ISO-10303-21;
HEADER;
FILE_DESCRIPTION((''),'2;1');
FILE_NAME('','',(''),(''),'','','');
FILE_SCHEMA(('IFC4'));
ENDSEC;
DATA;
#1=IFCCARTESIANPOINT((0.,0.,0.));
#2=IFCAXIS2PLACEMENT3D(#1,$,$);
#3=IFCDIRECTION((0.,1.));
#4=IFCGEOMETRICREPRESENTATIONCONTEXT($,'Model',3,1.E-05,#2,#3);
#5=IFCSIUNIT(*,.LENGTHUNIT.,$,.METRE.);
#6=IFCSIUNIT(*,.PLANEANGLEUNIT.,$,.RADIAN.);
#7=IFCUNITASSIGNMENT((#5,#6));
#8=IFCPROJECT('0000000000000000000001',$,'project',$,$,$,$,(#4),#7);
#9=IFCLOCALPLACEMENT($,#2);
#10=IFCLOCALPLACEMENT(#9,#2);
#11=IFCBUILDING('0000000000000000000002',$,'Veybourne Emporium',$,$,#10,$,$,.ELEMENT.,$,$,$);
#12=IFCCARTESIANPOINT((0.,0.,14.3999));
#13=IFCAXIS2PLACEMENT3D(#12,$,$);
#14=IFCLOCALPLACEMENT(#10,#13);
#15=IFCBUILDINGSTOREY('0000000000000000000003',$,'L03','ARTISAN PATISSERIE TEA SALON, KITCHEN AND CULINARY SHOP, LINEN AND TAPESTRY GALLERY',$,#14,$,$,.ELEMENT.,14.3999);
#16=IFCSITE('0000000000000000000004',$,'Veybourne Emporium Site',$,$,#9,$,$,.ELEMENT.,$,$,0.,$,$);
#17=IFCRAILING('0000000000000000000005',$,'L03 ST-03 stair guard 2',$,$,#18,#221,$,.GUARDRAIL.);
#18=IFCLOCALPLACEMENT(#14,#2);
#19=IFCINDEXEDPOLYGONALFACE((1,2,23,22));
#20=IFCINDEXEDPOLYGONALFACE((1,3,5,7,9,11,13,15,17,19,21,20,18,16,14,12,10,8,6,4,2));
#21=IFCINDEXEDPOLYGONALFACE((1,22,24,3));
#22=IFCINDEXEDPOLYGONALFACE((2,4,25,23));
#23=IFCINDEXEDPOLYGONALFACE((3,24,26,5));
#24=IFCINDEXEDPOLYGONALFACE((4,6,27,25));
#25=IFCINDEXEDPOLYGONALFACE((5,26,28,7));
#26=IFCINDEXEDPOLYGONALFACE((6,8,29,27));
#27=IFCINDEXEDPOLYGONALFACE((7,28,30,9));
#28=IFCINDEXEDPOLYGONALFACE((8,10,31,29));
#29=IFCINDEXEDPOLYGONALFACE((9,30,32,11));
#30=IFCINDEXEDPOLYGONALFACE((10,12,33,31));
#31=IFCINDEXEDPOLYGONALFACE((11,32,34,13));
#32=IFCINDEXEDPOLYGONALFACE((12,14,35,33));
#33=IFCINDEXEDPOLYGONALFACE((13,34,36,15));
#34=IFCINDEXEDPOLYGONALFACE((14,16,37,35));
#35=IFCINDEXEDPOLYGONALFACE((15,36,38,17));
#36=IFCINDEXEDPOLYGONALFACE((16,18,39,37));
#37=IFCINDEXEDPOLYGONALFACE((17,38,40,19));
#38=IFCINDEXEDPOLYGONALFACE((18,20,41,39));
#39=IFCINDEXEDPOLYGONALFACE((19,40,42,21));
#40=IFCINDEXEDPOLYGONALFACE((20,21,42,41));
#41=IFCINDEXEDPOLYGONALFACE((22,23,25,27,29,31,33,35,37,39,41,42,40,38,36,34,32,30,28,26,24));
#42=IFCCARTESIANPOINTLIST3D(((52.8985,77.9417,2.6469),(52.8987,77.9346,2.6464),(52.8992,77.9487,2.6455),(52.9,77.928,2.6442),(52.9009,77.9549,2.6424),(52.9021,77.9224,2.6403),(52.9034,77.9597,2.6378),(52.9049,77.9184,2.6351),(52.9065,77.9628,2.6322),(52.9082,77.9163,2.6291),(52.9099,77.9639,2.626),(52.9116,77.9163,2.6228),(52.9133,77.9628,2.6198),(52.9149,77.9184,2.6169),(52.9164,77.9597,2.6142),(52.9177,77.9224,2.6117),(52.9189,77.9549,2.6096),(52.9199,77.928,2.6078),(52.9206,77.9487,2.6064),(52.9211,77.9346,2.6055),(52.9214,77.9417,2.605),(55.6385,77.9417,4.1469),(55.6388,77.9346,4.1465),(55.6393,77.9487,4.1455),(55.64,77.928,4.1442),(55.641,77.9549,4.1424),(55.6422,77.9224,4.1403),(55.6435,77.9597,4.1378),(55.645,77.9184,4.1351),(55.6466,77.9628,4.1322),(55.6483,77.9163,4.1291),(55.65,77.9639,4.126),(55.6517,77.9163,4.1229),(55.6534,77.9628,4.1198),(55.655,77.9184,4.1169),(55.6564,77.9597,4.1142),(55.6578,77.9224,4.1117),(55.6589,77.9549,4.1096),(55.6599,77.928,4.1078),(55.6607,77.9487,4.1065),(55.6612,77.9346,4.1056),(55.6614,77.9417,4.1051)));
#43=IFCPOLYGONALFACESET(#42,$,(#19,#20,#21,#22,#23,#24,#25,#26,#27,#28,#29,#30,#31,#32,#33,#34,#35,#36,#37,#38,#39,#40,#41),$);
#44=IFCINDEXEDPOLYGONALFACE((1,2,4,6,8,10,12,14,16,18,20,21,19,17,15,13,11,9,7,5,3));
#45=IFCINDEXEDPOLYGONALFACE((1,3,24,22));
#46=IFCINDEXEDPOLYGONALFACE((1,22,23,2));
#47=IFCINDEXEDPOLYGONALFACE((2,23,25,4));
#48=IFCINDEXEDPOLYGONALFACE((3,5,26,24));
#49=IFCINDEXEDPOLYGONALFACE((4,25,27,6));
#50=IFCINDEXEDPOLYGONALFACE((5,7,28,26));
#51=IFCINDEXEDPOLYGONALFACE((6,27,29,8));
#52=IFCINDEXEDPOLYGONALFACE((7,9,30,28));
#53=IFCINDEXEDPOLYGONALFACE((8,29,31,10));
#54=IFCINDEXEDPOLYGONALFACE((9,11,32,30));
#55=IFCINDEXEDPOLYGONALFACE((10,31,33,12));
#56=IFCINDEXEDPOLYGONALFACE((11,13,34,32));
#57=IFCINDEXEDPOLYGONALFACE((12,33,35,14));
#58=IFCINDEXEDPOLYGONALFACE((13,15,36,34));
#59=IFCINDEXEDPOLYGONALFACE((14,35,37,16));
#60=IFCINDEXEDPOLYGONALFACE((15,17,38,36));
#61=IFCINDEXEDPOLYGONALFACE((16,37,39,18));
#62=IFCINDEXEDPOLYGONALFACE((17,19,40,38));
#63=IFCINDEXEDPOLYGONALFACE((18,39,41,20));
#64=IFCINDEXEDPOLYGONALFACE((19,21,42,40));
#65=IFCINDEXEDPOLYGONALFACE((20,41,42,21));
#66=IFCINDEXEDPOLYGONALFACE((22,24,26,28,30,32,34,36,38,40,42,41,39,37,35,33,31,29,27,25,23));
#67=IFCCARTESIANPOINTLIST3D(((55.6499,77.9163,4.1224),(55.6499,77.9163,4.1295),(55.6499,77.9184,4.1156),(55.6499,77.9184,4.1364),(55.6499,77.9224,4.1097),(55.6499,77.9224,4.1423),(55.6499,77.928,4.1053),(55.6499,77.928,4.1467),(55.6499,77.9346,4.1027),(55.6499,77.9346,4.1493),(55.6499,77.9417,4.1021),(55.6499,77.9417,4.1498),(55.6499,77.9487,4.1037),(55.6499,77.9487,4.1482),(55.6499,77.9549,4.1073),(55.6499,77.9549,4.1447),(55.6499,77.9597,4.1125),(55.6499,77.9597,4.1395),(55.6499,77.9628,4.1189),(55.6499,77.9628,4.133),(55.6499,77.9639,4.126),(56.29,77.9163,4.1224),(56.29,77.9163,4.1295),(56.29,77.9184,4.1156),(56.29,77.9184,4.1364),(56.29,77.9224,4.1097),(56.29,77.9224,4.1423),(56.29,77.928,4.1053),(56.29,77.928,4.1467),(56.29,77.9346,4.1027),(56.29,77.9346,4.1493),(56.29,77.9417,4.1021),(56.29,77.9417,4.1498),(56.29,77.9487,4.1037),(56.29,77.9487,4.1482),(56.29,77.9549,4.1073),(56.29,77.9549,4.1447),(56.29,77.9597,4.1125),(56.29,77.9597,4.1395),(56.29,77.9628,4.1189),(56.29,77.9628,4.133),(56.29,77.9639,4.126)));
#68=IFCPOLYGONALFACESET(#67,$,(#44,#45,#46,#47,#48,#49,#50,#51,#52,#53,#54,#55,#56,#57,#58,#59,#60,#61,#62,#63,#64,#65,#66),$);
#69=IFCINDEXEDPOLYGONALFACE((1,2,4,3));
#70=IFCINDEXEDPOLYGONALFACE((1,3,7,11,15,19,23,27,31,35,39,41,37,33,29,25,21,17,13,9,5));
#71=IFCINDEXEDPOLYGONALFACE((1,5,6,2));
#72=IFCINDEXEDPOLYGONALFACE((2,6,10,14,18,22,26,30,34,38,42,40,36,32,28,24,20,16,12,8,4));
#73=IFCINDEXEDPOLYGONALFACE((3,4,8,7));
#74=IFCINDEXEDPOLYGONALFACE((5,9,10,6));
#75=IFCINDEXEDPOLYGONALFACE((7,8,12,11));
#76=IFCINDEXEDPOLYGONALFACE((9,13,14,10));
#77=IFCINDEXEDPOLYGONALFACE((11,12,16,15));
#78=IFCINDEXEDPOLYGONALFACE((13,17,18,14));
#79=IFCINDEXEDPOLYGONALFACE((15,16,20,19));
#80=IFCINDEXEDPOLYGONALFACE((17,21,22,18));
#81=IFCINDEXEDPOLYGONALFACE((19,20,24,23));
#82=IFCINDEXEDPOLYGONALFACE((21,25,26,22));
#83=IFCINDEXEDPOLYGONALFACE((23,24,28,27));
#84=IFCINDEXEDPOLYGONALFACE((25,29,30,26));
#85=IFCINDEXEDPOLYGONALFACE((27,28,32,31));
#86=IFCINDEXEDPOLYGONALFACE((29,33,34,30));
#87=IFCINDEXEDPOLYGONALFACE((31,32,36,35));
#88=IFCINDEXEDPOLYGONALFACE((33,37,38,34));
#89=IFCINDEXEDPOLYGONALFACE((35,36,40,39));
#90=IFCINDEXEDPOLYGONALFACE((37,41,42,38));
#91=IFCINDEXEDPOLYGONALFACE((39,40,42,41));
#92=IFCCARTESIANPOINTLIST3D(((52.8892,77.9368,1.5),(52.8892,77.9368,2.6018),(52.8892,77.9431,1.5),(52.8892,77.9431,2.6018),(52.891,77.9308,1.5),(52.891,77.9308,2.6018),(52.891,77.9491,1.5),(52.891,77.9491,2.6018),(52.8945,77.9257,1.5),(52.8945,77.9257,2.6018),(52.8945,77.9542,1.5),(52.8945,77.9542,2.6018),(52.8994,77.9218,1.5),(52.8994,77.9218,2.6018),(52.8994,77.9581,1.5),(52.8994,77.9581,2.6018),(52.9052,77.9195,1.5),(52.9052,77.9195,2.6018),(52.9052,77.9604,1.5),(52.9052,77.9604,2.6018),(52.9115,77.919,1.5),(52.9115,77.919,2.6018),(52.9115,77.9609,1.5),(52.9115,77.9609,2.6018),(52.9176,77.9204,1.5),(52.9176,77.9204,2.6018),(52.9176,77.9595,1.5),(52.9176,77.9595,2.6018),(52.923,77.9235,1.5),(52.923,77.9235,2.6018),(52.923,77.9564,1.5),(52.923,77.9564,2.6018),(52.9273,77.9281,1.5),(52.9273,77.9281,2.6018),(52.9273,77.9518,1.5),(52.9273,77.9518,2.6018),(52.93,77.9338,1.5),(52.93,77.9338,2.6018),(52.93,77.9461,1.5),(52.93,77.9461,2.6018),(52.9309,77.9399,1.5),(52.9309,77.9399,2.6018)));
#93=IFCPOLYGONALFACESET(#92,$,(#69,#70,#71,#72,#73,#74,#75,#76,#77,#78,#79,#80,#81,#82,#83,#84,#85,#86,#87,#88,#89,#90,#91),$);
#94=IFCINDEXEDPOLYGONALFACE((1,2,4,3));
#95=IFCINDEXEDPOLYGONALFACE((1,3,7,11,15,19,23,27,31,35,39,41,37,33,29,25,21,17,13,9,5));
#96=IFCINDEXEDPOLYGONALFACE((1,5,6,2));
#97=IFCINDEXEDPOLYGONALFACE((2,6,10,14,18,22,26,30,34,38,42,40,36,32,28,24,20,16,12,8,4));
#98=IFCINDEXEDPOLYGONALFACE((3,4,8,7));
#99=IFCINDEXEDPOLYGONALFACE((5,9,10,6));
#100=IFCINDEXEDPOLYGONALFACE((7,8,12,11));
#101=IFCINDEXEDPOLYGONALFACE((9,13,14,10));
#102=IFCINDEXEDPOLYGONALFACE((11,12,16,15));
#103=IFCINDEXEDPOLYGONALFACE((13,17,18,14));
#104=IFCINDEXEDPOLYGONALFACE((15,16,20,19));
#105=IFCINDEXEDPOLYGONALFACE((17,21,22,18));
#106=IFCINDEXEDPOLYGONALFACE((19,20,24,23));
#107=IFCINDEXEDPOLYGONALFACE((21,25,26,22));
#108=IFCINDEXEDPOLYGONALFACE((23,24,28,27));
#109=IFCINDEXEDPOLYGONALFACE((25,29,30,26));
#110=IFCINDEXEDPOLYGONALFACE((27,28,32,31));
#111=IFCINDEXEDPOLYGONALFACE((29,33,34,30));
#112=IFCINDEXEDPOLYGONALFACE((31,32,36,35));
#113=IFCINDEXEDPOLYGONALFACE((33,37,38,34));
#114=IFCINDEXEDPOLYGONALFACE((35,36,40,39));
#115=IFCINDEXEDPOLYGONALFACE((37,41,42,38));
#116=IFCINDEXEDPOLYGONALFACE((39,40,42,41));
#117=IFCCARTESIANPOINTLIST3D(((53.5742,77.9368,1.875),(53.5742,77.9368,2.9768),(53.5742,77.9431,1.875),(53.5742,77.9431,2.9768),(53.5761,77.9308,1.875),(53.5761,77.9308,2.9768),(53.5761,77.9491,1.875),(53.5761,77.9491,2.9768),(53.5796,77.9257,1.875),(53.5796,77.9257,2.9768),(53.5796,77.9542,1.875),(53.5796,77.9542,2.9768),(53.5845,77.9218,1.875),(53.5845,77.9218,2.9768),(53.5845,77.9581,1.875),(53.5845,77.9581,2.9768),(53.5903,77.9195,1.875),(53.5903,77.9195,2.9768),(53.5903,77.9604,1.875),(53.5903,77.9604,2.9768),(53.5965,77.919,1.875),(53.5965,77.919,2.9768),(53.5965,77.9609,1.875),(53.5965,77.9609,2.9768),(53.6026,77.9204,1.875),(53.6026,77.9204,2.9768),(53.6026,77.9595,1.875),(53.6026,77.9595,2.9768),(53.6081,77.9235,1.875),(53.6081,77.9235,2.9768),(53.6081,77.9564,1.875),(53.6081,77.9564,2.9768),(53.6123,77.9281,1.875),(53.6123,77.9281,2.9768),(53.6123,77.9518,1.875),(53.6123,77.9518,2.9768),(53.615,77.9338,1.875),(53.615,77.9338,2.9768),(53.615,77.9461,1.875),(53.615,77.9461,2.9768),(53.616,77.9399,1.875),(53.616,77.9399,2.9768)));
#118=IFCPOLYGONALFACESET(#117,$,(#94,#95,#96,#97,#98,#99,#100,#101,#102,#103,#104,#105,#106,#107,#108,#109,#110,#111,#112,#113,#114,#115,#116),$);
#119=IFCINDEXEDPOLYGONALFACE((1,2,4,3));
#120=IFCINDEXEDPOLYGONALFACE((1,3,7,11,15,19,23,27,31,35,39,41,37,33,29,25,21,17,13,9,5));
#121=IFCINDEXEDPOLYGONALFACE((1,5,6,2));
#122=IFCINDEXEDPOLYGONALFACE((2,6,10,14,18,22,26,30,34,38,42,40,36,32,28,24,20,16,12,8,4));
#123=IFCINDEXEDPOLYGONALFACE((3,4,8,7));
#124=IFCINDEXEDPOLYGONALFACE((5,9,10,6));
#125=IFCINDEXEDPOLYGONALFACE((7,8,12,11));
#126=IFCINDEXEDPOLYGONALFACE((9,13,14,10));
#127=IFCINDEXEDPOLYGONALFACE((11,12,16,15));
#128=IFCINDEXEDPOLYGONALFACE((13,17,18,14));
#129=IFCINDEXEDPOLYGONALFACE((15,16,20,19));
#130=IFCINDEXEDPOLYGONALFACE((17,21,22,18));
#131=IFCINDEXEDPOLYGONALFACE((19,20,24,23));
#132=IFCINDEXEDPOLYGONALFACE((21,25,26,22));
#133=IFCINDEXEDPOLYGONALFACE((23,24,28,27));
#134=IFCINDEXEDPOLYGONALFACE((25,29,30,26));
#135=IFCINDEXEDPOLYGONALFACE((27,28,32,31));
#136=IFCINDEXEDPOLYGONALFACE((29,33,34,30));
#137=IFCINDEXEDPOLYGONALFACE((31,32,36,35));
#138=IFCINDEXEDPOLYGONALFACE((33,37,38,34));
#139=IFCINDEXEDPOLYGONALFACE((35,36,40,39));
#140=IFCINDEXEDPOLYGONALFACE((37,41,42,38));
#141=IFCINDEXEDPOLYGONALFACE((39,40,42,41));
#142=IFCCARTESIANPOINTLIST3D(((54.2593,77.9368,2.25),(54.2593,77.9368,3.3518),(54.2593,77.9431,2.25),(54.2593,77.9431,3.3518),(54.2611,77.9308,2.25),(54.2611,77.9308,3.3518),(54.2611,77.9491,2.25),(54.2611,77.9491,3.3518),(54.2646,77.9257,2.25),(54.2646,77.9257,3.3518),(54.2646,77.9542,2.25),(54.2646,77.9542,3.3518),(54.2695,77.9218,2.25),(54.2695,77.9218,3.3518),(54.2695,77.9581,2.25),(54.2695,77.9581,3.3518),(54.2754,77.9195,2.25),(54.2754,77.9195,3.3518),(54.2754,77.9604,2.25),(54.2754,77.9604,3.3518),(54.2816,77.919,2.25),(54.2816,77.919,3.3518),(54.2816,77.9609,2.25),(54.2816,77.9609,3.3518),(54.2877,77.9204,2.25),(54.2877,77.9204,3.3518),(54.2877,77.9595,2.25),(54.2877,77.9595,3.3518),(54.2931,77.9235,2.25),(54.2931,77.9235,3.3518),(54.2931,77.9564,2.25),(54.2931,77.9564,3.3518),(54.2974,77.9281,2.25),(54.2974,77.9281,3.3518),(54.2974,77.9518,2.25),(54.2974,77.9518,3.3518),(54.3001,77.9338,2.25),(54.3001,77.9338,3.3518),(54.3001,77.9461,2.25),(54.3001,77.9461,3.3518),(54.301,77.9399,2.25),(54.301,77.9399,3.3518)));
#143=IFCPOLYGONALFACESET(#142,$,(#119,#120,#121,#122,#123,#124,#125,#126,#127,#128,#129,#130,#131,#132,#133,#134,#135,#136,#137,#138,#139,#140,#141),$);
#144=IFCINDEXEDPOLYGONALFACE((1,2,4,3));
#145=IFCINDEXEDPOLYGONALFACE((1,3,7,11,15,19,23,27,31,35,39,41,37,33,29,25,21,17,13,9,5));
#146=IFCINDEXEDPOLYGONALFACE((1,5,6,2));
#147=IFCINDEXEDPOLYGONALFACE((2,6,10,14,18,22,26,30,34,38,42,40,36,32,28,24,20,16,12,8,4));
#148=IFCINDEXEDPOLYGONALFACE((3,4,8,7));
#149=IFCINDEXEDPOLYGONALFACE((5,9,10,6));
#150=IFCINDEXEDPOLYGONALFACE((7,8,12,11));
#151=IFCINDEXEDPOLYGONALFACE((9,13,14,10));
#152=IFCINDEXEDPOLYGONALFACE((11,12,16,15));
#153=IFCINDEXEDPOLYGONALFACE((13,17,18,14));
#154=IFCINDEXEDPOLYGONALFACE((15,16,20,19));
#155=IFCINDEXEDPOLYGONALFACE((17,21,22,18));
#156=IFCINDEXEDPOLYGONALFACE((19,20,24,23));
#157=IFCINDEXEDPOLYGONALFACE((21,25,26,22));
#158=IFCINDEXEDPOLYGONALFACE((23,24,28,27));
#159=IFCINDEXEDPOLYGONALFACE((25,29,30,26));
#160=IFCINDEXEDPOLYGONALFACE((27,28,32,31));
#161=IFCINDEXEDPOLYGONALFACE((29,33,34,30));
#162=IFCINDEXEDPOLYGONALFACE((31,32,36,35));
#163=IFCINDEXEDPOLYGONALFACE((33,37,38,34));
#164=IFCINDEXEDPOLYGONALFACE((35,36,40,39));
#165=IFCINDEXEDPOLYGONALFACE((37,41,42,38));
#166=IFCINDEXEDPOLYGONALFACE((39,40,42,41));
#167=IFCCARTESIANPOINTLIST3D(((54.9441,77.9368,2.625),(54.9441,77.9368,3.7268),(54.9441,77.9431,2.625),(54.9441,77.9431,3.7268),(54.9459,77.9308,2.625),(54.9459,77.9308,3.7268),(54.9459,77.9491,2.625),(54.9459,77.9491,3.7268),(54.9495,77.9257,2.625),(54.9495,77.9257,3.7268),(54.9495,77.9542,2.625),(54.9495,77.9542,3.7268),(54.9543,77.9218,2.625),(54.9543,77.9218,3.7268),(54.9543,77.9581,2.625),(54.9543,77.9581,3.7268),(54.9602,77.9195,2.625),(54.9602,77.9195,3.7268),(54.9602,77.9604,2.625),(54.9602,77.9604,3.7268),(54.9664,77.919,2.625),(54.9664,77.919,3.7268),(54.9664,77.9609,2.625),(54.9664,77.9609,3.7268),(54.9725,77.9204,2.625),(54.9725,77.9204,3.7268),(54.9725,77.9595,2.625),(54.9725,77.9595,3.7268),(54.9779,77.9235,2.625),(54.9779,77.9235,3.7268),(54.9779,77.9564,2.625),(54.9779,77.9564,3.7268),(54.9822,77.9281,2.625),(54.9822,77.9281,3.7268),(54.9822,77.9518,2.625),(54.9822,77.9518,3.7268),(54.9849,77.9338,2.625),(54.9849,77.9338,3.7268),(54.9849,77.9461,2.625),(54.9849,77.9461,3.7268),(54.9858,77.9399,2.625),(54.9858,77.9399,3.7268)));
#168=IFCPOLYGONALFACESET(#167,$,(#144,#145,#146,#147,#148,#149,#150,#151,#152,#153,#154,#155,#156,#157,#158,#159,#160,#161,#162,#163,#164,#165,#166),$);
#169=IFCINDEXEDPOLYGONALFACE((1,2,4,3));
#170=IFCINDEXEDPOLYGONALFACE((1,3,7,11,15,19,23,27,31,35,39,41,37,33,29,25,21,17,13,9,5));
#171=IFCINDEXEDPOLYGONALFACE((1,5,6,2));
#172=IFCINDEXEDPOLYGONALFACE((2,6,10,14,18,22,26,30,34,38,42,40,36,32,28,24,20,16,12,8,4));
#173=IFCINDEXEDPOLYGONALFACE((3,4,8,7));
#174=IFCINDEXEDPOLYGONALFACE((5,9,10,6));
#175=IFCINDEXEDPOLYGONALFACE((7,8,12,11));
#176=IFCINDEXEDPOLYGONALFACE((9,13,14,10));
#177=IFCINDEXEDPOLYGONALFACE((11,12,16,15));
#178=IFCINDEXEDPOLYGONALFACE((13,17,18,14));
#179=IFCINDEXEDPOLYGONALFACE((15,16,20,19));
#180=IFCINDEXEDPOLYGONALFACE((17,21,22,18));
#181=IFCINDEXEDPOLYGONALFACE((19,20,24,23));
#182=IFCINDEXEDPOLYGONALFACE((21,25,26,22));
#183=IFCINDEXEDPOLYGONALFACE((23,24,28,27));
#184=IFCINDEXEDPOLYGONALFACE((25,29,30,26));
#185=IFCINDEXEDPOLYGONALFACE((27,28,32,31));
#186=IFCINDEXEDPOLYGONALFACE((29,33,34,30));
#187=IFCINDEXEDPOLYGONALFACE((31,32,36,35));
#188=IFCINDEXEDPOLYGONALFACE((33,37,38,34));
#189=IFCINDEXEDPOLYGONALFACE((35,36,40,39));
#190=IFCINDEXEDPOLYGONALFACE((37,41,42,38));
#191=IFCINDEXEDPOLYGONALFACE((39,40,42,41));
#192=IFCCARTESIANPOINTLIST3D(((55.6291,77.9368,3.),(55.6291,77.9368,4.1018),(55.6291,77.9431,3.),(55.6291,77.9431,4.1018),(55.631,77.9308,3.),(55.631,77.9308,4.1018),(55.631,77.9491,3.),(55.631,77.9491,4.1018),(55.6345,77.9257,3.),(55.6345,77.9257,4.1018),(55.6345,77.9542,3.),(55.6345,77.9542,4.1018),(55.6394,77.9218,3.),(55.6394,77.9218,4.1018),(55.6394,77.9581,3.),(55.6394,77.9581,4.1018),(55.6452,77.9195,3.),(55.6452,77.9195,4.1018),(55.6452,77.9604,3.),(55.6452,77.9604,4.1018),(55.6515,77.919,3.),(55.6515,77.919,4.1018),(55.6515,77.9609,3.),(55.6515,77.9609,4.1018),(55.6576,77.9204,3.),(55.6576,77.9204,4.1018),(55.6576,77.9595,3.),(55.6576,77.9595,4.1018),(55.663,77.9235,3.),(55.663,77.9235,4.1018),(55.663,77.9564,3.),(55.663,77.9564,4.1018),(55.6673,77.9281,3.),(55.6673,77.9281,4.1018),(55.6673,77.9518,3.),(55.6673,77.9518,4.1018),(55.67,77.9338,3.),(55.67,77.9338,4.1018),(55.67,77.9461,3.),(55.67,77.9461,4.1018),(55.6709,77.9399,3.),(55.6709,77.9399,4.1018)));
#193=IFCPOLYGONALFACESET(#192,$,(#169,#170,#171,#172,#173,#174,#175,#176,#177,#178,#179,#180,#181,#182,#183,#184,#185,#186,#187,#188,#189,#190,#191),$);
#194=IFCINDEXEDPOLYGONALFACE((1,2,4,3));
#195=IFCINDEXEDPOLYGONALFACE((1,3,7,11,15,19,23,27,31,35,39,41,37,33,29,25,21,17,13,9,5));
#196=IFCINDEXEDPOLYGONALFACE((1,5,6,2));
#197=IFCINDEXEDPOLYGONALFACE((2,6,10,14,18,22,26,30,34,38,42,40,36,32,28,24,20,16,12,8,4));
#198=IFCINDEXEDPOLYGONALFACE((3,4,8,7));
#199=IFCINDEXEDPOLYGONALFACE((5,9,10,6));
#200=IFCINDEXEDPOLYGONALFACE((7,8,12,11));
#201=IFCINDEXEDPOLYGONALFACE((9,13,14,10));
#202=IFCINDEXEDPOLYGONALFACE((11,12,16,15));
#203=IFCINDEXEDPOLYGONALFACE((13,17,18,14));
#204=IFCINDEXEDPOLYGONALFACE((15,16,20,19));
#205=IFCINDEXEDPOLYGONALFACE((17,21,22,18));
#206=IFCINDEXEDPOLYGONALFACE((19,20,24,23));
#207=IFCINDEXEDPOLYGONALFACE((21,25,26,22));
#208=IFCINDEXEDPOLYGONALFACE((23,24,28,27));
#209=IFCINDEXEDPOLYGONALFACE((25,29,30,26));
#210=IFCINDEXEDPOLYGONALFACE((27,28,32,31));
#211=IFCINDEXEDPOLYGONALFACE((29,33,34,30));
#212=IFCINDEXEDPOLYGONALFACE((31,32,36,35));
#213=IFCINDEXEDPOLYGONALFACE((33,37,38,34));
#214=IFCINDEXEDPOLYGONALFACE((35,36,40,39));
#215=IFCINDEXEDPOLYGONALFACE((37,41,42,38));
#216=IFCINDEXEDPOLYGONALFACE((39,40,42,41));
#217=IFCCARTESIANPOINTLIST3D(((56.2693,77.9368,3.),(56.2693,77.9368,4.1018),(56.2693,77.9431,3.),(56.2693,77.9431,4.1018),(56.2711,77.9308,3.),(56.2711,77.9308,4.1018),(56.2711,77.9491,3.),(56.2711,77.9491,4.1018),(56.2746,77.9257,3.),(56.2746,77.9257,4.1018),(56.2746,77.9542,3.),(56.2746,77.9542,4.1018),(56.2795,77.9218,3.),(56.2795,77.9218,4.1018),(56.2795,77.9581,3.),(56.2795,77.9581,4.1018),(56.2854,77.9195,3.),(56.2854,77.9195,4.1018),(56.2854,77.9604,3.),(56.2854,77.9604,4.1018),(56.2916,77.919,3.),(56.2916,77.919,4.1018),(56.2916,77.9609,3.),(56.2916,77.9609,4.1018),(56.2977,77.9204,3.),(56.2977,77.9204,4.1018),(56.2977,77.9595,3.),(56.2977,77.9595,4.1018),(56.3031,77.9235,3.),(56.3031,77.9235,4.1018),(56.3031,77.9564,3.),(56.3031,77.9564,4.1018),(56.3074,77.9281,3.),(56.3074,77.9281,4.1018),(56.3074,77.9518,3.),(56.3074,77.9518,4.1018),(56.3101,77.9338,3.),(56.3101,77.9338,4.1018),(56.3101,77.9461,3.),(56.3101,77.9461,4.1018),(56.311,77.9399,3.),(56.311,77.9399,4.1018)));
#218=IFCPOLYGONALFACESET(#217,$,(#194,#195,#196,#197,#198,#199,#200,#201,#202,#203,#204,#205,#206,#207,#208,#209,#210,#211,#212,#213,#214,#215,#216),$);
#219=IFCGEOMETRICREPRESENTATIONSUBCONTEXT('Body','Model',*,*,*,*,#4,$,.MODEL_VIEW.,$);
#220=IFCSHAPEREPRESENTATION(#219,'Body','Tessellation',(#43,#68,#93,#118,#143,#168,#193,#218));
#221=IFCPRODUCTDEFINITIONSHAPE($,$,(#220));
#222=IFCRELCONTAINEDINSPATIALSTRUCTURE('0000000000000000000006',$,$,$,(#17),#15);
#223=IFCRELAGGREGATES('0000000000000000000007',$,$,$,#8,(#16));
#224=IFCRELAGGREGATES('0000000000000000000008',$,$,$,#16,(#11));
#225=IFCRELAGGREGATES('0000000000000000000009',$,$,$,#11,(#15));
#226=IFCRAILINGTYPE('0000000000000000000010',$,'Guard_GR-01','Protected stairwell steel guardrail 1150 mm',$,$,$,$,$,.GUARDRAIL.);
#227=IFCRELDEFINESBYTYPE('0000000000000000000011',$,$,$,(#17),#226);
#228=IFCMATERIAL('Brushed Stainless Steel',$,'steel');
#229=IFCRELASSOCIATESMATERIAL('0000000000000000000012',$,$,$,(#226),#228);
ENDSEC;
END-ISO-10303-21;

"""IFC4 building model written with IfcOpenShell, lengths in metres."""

from ifc_helpers import new_model, si_unit, direction, frame, origin, origin_2d, place, context, subcontext, project, spatial, circle, extrude, material, type_object, element, save


model = new_model("IFC4")

# Units and contexts
model_context = context("Model", 3, precision=1e-05, world=origin(), true_north=direction((0.0, 1.0)))
body_context = subcontext(model_context, "Body", "Model", "MODEL_VIEW")
ifc_project = project(units=[si_unit("LENGTHUNIT", "METRE"), si_unit("PLANEANGLEUNIT", "RADIAN")], contexts=[model_context])

# Site, building, storey
site_placement = place(None, origin())
site = spatial("IfcSite", under=ifc_project, at=site_placement, Name="Veybourne Emporium Site", CompositionType="ELEMENT", RefElevation=0.0)
building_placement = place(site_placement, origin())
building = spatial("IfcBuilding", under=site, at=building_placement, Name="Veybourne Emporium", CompositionType="ELEMENT")
storey_placement = place(building_placement, frame((0.0, 0.0, 14.3999)))
storey = spatial("IfcBuildingStorey", under=building, at=storey_placement, Name="L03", Description="ARTISAN PATISSERIE TEA SALON, KITCHEN AND CULINARY SHOP, LINEN AND TAPESTRY GALLERY", CompositionType="ELEMENT", Elevation=14.3999)

# Railing
ifc_material_1 = material(Name="Brushed Stainless Steel", Category="steel")
railing_type_1 = type_object("IfcRailingType", Name="Guard_GR-01", Description="Protected stairwell steel guardrail 1150 mm", PredefinedType="GUARDRAIL", material=ifc_material_1)
railing_1_placement = place(storey_placement, frame((52.9099, 77.9399, 1.5)))
element("IfcRailing", 1, at=railing_1_placement, inside=storey, type_object=railing_type_1, Name="L03 ST-03 stair guard 2", PredefinedType="GUARDRAIL", context=body_context, shape_type="SweptSolid", body=[
    extrude(circle(Radius=0.0239, at=origin_2d()), frame((0.0, 0.0, 1.126), z_axis=(0.87716, 0.0, 0.480199), x_axis=(0.0, 1.0, 0.0)), (0.0, 0.0, 1.0), 3.1238),
    extrude(circle(Radius=0.0239, at=origin_2d()), frame((2.74, 0.0, 2.626), z_axis=(1.0, 0.0, 0.0), x_axis=(0.0, 1.0, 0.0)), (0.0, 0.0, 1.0), 0.6401),
    extrude(circle(Radius=0.021, at=origin_2d()), origin(), (0.0, 0.0, 1.0), 1.1018),
    extrude(circle(Radius=0.021, at=origin_2d()), frame((0.6851, 0.0, 0.375)), (0.0, 0.0, 1.0), 1.1018),
    extrude(circle(Radius=0.021, at=origin_2d()), frame((1.3701, 0.0, 0.75)), (0.0, 0.0, 1.0), 1.1018),
    extrude(circle(Radius=0.021, at=origin_2d()), frame((2.0549, 0.0, 1.125)), (0.0, 0.0, 1.0), 1.1018),
    extrude(circle(Radius=0.021, at=origin_2d()), frame((2.74, 0.0, 1.5)), (0.0, 0.0, 1.0), 1.1018),
    extrude(circle(Radius=0.021, at=origin_2d()), frame((3.3801, 0.0, 1.5)), (0.0, 0.0, 1.0), 1.1018),
])

save(model, "model.ifc")
